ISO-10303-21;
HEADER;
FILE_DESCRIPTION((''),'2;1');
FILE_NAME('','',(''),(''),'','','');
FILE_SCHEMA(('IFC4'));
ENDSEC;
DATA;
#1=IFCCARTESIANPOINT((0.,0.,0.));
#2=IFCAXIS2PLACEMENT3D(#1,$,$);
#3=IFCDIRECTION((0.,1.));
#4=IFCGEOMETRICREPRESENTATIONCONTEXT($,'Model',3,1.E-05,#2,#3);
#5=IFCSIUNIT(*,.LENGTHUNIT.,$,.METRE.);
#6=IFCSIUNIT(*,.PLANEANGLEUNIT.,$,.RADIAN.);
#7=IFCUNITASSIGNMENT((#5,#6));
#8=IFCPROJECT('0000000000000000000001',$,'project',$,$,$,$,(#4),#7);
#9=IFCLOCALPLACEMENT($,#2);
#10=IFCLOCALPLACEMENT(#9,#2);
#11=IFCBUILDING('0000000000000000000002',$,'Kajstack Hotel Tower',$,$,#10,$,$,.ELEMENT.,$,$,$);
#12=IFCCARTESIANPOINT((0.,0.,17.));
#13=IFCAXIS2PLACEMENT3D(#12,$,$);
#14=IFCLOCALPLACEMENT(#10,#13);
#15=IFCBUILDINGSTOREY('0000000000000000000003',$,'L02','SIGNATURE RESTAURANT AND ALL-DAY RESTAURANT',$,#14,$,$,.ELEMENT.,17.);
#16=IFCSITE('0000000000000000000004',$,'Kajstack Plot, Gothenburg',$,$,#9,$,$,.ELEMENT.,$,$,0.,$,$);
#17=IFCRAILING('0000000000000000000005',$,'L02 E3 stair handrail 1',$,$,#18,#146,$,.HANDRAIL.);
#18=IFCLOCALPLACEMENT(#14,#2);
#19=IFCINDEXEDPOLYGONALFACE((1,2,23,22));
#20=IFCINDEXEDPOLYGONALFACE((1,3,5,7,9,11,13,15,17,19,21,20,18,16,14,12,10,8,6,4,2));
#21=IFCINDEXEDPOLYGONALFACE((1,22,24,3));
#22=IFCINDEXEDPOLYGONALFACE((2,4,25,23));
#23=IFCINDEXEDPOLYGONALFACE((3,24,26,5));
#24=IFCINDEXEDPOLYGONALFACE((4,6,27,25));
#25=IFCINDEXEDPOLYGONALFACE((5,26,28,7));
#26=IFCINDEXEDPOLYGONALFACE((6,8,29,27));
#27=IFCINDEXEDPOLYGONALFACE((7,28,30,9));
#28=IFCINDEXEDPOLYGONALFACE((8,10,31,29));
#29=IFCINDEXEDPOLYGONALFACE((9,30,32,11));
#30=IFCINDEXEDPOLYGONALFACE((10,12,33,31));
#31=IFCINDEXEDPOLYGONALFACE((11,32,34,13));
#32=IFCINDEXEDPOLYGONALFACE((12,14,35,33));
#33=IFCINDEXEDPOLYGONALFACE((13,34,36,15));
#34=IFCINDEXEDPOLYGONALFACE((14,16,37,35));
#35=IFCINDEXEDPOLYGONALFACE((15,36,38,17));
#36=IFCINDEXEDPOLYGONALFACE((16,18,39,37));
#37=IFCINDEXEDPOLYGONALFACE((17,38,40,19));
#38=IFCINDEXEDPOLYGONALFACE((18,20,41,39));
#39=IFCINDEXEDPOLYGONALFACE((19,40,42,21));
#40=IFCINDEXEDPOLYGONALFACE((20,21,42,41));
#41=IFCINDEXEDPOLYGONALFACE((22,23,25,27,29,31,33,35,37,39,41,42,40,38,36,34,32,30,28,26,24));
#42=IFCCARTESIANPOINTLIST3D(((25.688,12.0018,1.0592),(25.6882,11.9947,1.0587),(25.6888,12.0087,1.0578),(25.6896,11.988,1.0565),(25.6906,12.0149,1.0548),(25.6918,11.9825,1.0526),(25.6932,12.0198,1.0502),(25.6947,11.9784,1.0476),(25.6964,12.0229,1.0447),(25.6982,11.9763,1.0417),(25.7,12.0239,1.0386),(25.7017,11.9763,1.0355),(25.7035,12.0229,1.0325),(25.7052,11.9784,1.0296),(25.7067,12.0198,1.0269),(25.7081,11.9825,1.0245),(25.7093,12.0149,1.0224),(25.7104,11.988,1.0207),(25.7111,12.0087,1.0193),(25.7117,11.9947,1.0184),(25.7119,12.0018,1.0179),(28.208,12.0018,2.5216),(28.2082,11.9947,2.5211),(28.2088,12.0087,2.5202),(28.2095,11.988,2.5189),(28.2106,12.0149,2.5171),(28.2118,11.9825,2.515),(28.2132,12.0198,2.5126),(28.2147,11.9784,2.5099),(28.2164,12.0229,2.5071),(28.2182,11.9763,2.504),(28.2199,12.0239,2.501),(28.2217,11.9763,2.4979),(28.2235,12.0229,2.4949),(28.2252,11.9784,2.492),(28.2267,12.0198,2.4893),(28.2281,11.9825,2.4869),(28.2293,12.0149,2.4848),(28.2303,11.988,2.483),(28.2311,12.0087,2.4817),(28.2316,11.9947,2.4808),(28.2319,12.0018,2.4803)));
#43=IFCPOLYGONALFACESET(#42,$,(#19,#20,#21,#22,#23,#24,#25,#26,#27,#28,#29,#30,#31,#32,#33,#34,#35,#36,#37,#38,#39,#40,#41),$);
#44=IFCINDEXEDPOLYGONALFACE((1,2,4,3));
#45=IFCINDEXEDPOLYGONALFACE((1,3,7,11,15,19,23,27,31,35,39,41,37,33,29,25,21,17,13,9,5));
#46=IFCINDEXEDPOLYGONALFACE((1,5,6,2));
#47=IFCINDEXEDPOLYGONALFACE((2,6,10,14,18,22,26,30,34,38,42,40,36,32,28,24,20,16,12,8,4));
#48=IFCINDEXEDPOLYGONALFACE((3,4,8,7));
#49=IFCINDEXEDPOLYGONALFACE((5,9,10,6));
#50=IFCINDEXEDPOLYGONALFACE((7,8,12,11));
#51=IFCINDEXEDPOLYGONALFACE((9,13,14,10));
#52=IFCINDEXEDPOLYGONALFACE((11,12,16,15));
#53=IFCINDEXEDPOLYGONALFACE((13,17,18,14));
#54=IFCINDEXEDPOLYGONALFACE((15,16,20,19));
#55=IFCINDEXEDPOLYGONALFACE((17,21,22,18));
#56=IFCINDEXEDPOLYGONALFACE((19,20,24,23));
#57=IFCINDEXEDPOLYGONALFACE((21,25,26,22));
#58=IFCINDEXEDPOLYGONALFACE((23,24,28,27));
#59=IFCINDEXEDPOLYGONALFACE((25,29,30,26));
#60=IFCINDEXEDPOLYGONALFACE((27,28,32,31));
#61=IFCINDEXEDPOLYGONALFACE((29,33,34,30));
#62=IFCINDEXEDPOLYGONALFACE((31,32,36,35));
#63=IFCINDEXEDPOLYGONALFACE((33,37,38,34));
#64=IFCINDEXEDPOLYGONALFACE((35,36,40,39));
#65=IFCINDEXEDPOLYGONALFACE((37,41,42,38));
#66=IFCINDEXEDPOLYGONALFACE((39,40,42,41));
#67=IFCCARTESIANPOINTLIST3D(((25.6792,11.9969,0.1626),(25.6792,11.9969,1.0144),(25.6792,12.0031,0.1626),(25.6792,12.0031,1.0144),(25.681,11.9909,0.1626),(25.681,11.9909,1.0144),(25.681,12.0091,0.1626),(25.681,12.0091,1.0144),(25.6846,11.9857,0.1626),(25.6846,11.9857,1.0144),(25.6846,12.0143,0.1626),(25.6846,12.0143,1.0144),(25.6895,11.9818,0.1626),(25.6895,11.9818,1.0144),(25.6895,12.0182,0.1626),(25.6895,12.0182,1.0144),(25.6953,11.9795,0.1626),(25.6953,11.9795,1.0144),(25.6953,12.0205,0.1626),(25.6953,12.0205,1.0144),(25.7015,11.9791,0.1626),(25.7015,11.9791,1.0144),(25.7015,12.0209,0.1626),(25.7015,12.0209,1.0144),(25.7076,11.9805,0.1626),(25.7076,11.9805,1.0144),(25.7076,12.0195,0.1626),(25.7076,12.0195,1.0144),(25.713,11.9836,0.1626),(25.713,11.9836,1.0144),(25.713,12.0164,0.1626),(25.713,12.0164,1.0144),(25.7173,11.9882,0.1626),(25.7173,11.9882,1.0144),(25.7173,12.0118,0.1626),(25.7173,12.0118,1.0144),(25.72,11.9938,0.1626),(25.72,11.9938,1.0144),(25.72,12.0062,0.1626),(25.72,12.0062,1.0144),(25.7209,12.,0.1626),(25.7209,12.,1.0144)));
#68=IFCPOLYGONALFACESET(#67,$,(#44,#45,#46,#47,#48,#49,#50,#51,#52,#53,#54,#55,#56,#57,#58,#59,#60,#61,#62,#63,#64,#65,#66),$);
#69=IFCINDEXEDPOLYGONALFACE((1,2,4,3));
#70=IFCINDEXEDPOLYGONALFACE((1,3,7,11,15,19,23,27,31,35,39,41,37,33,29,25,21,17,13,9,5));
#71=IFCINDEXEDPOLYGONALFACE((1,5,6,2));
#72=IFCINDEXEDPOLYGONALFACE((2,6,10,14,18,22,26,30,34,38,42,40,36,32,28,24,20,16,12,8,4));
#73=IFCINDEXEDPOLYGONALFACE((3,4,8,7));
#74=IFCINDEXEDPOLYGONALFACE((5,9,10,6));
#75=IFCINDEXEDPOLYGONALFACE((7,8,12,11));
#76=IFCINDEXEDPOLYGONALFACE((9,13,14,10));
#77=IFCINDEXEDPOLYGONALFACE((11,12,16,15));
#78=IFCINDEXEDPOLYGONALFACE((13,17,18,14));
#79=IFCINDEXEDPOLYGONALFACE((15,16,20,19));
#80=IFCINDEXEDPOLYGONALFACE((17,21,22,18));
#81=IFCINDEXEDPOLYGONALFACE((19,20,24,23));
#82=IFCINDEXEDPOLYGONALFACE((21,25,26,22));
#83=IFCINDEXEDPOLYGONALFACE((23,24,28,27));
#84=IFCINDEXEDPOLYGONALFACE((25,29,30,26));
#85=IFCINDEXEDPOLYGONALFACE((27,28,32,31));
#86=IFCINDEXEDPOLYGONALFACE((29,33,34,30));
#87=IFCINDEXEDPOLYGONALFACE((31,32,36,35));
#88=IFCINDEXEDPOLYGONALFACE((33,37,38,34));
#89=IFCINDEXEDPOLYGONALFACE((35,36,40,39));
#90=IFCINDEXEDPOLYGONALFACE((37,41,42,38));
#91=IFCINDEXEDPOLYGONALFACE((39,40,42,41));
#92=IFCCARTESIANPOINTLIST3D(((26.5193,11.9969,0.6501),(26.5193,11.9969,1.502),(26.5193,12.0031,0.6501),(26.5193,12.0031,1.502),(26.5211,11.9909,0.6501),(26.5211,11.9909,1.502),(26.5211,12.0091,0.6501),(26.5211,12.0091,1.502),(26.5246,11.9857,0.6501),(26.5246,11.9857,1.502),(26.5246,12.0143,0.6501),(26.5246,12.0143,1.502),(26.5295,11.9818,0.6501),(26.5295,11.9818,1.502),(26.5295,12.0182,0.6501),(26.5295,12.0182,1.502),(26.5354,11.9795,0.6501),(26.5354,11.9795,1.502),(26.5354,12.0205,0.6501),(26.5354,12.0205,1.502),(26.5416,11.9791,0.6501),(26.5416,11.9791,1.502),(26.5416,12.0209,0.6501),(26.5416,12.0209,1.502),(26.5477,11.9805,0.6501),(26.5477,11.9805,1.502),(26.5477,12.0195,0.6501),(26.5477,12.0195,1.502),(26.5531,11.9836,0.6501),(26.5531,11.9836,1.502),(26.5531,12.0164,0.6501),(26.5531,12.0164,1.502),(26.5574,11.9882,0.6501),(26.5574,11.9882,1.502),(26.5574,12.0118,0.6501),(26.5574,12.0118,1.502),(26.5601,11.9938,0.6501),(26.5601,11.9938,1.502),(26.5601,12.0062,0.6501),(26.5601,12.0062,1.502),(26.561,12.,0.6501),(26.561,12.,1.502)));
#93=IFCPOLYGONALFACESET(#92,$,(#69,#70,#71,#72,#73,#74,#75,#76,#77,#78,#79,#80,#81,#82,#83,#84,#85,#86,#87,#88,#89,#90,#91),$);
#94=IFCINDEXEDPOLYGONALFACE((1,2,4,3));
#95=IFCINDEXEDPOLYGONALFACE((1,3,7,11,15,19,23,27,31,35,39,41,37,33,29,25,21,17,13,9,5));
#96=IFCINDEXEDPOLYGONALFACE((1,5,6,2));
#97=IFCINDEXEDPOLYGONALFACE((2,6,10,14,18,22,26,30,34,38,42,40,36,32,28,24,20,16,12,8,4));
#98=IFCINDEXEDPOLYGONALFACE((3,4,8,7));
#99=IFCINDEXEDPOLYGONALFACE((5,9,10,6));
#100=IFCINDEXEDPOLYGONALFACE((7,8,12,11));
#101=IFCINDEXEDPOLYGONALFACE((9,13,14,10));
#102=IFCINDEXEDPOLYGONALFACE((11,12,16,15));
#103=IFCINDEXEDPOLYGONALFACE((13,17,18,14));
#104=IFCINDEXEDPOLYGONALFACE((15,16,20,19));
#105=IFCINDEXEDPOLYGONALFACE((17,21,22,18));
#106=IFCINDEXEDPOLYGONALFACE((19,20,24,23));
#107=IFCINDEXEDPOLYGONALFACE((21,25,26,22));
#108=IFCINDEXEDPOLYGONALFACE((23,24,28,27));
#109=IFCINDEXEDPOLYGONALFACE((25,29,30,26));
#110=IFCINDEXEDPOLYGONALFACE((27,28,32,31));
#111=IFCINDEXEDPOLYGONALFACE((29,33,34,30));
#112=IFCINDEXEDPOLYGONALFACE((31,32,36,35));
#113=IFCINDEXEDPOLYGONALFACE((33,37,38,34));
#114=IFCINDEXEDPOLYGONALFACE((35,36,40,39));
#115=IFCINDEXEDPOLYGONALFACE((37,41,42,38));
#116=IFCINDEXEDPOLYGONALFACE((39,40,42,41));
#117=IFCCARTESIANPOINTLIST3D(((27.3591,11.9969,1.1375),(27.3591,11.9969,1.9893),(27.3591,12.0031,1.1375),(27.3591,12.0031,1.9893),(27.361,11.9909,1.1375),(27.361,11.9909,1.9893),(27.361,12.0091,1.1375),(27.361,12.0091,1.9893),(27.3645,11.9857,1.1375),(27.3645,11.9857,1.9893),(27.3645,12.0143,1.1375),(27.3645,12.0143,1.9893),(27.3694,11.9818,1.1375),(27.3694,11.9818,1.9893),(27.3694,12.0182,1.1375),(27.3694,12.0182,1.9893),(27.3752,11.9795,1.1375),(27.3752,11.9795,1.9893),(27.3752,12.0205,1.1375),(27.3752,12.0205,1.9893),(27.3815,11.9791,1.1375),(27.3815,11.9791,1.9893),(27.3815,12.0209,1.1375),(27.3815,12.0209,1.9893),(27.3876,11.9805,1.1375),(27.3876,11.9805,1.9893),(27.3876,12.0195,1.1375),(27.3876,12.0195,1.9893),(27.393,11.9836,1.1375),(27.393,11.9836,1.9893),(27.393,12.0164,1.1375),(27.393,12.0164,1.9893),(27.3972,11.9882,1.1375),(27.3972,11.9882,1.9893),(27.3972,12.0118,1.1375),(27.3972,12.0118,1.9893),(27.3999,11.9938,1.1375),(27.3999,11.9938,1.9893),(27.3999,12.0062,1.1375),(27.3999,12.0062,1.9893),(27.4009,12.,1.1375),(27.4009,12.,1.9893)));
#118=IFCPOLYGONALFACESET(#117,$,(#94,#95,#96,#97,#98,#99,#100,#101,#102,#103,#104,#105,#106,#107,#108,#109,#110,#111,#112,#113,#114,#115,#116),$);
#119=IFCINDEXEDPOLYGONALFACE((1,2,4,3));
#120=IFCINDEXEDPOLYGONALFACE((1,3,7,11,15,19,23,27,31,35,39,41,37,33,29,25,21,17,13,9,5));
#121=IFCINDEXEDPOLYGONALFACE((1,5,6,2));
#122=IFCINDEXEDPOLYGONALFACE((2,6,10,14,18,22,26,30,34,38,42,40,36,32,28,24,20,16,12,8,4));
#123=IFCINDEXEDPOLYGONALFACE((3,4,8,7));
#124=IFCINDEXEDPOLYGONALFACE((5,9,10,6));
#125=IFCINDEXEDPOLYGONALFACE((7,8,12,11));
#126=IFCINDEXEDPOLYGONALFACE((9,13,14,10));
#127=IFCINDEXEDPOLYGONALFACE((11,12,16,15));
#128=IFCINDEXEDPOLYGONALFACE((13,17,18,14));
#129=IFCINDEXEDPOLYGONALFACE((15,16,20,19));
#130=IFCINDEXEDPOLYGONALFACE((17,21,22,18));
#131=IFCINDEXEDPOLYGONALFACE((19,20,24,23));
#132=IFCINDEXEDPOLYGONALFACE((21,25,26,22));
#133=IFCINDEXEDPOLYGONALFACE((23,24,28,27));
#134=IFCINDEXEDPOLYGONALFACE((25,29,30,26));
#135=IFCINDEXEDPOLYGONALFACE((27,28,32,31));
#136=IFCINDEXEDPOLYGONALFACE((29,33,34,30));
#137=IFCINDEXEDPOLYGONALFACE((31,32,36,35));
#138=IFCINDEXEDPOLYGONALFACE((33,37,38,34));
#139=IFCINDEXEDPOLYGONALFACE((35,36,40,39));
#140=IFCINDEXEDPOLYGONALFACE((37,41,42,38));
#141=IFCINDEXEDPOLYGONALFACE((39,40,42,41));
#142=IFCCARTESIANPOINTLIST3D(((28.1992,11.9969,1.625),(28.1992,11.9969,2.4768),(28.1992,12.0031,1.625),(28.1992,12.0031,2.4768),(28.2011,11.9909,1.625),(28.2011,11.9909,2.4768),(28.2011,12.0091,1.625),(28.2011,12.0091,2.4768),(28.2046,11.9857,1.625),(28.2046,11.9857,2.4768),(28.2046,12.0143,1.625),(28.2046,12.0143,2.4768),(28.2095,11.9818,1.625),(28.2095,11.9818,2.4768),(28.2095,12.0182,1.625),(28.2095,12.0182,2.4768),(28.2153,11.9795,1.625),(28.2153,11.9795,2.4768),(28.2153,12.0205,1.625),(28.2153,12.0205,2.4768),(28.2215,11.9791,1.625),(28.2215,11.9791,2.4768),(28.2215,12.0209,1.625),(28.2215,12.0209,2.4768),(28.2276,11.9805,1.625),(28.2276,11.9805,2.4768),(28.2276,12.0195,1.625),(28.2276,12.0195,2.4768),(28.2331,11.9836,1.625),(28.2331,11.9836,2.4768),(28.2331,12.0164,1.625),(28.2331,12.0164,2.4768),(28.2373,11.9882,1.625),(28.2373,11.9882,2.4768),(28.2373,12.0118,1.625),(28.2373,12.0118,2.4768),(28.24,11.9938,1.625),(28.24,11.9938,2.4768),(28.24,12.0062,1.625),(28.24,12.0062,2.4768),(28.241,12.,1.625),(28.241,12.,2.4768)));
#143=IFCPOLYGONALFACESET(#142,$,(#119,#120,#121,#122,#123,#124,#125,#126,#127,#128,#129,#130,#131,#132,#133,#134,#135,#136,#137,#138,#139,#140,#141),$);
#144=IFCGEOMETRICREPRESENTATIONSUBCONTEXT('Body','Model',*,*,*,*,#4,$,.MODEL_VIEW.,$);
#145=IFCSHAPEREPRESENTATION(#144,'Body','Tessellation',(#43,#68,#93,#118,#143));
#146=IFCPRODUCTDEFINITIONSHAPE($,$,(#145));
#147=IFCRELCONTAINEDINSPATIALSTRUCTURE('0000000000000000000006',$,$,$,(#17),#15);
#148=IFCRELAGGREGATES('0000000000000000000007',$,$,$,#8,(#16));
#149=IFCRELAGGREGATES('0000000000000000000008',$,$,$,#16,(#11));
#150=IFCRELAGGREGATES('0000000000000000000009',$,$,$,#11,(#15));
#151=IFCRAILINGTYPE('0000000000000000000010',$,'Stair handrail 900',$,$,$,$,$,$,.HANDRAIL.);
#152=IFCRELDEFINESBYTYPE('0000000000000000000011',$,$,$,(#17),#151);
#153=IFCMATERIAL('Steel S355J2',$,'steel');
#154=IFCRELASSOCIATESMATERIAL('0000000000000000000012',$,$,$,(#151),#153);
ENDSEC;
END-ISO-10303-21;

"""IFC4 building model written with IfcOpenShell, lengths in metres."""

from ifc_helpers import new_model, si_unit, direction, frame, origin, origin_2d, place, context, subcontext, project, spatial, circle, extrude, material, type_object, element, save


model = new_model("IFC4")

# Units and contexts
model_context = context("Model", 3, precision=1e-05, world=origin(), true_north=direction((0.0, 1.0)))
body_context = subcontext(model_context, "Body", "Model", "MODEL_VIEW")
ifc_project = project(units=[si_unit("LENGTHUNIT", "METRE"), si_unit("PLANEANGLEUNIT", "RADIAN")], contexts=[model_context])

# Site, building, storey
site_placement = place(None, origin())
site = spatial("IfcSite", under=ifc_project, at=site_placement, Name="Kajstack Plot, Gothenburg", CompositionType="ELEMENT", RefElevation=0.0)
building_placement = place(site_placement, origin())
building = spatial("IfcBuilding", under=site, at=building_placement, Name="Kajstack Hotel Tower", CompositionType="ELEMENT")
storey_placement = place(building_placement, frame((0.0, 0.0, 17.0)))
storey = spatial("IfcBuildingStorey", under=building, at=storey_placement, Name="L02", Description="SIGNATURE RESTAURANT AND ALL-DAY RESTAURANT", CompositionType="ELEMENT", Elevation=17.0)

# Railing
ifc_material_1 = material(Name="Steel S355J2", Category="steel")
railing_type_1 = type_object("IfcRailingType", Name="Stair handrail 900", PredefinedType="HANDRAIL", material=ifc_material_1)
railing_1_placement = place(storey_placement, frame((25.7, 12.0, 0.1626)))
element("IfcRailing", 1, at=railing_1_placement, inside=storey, type_object=railing_type_1, Name="L02 E3 stair handrail 1", PredefinedType="HANDRAIL", context=body_context, shape_type="SweptSolid", body=[
    extrude(circle(Radius=0.0239, at=origin_2d()), frame((0.0, 0.0, 0.876), z_axis=(0.864913, 0.0, 0.501921), x_axis=(0.0, 1.0, 0.0)), (0.0, 0.0, 1.0), 2.9136),
    extrude(circle(Radius=0.021, at=origin_2d()), origin(), (0.0, 0.0, 1.0), 0.8518),
    extrude(circle(Radius=0.021, at=origin_2d()), frame((0.8401, 0.0, 0.4875)), (0.0, 0.0, 1.0), 0.8518),
    extrude(circle(Radius=0.021, at=origin_2d()), frame((1.6799, 0.0, 0.9749)), (0.0, 0.0, 1.0), 0.8518),
    extrude(circle(Radius=0.021, at=origin_2d()), frame((2.52, 0.0, 1.4624)), (0.0, 0.0, 1.0), 0.8518),
])

save(model, "model.ifc")
